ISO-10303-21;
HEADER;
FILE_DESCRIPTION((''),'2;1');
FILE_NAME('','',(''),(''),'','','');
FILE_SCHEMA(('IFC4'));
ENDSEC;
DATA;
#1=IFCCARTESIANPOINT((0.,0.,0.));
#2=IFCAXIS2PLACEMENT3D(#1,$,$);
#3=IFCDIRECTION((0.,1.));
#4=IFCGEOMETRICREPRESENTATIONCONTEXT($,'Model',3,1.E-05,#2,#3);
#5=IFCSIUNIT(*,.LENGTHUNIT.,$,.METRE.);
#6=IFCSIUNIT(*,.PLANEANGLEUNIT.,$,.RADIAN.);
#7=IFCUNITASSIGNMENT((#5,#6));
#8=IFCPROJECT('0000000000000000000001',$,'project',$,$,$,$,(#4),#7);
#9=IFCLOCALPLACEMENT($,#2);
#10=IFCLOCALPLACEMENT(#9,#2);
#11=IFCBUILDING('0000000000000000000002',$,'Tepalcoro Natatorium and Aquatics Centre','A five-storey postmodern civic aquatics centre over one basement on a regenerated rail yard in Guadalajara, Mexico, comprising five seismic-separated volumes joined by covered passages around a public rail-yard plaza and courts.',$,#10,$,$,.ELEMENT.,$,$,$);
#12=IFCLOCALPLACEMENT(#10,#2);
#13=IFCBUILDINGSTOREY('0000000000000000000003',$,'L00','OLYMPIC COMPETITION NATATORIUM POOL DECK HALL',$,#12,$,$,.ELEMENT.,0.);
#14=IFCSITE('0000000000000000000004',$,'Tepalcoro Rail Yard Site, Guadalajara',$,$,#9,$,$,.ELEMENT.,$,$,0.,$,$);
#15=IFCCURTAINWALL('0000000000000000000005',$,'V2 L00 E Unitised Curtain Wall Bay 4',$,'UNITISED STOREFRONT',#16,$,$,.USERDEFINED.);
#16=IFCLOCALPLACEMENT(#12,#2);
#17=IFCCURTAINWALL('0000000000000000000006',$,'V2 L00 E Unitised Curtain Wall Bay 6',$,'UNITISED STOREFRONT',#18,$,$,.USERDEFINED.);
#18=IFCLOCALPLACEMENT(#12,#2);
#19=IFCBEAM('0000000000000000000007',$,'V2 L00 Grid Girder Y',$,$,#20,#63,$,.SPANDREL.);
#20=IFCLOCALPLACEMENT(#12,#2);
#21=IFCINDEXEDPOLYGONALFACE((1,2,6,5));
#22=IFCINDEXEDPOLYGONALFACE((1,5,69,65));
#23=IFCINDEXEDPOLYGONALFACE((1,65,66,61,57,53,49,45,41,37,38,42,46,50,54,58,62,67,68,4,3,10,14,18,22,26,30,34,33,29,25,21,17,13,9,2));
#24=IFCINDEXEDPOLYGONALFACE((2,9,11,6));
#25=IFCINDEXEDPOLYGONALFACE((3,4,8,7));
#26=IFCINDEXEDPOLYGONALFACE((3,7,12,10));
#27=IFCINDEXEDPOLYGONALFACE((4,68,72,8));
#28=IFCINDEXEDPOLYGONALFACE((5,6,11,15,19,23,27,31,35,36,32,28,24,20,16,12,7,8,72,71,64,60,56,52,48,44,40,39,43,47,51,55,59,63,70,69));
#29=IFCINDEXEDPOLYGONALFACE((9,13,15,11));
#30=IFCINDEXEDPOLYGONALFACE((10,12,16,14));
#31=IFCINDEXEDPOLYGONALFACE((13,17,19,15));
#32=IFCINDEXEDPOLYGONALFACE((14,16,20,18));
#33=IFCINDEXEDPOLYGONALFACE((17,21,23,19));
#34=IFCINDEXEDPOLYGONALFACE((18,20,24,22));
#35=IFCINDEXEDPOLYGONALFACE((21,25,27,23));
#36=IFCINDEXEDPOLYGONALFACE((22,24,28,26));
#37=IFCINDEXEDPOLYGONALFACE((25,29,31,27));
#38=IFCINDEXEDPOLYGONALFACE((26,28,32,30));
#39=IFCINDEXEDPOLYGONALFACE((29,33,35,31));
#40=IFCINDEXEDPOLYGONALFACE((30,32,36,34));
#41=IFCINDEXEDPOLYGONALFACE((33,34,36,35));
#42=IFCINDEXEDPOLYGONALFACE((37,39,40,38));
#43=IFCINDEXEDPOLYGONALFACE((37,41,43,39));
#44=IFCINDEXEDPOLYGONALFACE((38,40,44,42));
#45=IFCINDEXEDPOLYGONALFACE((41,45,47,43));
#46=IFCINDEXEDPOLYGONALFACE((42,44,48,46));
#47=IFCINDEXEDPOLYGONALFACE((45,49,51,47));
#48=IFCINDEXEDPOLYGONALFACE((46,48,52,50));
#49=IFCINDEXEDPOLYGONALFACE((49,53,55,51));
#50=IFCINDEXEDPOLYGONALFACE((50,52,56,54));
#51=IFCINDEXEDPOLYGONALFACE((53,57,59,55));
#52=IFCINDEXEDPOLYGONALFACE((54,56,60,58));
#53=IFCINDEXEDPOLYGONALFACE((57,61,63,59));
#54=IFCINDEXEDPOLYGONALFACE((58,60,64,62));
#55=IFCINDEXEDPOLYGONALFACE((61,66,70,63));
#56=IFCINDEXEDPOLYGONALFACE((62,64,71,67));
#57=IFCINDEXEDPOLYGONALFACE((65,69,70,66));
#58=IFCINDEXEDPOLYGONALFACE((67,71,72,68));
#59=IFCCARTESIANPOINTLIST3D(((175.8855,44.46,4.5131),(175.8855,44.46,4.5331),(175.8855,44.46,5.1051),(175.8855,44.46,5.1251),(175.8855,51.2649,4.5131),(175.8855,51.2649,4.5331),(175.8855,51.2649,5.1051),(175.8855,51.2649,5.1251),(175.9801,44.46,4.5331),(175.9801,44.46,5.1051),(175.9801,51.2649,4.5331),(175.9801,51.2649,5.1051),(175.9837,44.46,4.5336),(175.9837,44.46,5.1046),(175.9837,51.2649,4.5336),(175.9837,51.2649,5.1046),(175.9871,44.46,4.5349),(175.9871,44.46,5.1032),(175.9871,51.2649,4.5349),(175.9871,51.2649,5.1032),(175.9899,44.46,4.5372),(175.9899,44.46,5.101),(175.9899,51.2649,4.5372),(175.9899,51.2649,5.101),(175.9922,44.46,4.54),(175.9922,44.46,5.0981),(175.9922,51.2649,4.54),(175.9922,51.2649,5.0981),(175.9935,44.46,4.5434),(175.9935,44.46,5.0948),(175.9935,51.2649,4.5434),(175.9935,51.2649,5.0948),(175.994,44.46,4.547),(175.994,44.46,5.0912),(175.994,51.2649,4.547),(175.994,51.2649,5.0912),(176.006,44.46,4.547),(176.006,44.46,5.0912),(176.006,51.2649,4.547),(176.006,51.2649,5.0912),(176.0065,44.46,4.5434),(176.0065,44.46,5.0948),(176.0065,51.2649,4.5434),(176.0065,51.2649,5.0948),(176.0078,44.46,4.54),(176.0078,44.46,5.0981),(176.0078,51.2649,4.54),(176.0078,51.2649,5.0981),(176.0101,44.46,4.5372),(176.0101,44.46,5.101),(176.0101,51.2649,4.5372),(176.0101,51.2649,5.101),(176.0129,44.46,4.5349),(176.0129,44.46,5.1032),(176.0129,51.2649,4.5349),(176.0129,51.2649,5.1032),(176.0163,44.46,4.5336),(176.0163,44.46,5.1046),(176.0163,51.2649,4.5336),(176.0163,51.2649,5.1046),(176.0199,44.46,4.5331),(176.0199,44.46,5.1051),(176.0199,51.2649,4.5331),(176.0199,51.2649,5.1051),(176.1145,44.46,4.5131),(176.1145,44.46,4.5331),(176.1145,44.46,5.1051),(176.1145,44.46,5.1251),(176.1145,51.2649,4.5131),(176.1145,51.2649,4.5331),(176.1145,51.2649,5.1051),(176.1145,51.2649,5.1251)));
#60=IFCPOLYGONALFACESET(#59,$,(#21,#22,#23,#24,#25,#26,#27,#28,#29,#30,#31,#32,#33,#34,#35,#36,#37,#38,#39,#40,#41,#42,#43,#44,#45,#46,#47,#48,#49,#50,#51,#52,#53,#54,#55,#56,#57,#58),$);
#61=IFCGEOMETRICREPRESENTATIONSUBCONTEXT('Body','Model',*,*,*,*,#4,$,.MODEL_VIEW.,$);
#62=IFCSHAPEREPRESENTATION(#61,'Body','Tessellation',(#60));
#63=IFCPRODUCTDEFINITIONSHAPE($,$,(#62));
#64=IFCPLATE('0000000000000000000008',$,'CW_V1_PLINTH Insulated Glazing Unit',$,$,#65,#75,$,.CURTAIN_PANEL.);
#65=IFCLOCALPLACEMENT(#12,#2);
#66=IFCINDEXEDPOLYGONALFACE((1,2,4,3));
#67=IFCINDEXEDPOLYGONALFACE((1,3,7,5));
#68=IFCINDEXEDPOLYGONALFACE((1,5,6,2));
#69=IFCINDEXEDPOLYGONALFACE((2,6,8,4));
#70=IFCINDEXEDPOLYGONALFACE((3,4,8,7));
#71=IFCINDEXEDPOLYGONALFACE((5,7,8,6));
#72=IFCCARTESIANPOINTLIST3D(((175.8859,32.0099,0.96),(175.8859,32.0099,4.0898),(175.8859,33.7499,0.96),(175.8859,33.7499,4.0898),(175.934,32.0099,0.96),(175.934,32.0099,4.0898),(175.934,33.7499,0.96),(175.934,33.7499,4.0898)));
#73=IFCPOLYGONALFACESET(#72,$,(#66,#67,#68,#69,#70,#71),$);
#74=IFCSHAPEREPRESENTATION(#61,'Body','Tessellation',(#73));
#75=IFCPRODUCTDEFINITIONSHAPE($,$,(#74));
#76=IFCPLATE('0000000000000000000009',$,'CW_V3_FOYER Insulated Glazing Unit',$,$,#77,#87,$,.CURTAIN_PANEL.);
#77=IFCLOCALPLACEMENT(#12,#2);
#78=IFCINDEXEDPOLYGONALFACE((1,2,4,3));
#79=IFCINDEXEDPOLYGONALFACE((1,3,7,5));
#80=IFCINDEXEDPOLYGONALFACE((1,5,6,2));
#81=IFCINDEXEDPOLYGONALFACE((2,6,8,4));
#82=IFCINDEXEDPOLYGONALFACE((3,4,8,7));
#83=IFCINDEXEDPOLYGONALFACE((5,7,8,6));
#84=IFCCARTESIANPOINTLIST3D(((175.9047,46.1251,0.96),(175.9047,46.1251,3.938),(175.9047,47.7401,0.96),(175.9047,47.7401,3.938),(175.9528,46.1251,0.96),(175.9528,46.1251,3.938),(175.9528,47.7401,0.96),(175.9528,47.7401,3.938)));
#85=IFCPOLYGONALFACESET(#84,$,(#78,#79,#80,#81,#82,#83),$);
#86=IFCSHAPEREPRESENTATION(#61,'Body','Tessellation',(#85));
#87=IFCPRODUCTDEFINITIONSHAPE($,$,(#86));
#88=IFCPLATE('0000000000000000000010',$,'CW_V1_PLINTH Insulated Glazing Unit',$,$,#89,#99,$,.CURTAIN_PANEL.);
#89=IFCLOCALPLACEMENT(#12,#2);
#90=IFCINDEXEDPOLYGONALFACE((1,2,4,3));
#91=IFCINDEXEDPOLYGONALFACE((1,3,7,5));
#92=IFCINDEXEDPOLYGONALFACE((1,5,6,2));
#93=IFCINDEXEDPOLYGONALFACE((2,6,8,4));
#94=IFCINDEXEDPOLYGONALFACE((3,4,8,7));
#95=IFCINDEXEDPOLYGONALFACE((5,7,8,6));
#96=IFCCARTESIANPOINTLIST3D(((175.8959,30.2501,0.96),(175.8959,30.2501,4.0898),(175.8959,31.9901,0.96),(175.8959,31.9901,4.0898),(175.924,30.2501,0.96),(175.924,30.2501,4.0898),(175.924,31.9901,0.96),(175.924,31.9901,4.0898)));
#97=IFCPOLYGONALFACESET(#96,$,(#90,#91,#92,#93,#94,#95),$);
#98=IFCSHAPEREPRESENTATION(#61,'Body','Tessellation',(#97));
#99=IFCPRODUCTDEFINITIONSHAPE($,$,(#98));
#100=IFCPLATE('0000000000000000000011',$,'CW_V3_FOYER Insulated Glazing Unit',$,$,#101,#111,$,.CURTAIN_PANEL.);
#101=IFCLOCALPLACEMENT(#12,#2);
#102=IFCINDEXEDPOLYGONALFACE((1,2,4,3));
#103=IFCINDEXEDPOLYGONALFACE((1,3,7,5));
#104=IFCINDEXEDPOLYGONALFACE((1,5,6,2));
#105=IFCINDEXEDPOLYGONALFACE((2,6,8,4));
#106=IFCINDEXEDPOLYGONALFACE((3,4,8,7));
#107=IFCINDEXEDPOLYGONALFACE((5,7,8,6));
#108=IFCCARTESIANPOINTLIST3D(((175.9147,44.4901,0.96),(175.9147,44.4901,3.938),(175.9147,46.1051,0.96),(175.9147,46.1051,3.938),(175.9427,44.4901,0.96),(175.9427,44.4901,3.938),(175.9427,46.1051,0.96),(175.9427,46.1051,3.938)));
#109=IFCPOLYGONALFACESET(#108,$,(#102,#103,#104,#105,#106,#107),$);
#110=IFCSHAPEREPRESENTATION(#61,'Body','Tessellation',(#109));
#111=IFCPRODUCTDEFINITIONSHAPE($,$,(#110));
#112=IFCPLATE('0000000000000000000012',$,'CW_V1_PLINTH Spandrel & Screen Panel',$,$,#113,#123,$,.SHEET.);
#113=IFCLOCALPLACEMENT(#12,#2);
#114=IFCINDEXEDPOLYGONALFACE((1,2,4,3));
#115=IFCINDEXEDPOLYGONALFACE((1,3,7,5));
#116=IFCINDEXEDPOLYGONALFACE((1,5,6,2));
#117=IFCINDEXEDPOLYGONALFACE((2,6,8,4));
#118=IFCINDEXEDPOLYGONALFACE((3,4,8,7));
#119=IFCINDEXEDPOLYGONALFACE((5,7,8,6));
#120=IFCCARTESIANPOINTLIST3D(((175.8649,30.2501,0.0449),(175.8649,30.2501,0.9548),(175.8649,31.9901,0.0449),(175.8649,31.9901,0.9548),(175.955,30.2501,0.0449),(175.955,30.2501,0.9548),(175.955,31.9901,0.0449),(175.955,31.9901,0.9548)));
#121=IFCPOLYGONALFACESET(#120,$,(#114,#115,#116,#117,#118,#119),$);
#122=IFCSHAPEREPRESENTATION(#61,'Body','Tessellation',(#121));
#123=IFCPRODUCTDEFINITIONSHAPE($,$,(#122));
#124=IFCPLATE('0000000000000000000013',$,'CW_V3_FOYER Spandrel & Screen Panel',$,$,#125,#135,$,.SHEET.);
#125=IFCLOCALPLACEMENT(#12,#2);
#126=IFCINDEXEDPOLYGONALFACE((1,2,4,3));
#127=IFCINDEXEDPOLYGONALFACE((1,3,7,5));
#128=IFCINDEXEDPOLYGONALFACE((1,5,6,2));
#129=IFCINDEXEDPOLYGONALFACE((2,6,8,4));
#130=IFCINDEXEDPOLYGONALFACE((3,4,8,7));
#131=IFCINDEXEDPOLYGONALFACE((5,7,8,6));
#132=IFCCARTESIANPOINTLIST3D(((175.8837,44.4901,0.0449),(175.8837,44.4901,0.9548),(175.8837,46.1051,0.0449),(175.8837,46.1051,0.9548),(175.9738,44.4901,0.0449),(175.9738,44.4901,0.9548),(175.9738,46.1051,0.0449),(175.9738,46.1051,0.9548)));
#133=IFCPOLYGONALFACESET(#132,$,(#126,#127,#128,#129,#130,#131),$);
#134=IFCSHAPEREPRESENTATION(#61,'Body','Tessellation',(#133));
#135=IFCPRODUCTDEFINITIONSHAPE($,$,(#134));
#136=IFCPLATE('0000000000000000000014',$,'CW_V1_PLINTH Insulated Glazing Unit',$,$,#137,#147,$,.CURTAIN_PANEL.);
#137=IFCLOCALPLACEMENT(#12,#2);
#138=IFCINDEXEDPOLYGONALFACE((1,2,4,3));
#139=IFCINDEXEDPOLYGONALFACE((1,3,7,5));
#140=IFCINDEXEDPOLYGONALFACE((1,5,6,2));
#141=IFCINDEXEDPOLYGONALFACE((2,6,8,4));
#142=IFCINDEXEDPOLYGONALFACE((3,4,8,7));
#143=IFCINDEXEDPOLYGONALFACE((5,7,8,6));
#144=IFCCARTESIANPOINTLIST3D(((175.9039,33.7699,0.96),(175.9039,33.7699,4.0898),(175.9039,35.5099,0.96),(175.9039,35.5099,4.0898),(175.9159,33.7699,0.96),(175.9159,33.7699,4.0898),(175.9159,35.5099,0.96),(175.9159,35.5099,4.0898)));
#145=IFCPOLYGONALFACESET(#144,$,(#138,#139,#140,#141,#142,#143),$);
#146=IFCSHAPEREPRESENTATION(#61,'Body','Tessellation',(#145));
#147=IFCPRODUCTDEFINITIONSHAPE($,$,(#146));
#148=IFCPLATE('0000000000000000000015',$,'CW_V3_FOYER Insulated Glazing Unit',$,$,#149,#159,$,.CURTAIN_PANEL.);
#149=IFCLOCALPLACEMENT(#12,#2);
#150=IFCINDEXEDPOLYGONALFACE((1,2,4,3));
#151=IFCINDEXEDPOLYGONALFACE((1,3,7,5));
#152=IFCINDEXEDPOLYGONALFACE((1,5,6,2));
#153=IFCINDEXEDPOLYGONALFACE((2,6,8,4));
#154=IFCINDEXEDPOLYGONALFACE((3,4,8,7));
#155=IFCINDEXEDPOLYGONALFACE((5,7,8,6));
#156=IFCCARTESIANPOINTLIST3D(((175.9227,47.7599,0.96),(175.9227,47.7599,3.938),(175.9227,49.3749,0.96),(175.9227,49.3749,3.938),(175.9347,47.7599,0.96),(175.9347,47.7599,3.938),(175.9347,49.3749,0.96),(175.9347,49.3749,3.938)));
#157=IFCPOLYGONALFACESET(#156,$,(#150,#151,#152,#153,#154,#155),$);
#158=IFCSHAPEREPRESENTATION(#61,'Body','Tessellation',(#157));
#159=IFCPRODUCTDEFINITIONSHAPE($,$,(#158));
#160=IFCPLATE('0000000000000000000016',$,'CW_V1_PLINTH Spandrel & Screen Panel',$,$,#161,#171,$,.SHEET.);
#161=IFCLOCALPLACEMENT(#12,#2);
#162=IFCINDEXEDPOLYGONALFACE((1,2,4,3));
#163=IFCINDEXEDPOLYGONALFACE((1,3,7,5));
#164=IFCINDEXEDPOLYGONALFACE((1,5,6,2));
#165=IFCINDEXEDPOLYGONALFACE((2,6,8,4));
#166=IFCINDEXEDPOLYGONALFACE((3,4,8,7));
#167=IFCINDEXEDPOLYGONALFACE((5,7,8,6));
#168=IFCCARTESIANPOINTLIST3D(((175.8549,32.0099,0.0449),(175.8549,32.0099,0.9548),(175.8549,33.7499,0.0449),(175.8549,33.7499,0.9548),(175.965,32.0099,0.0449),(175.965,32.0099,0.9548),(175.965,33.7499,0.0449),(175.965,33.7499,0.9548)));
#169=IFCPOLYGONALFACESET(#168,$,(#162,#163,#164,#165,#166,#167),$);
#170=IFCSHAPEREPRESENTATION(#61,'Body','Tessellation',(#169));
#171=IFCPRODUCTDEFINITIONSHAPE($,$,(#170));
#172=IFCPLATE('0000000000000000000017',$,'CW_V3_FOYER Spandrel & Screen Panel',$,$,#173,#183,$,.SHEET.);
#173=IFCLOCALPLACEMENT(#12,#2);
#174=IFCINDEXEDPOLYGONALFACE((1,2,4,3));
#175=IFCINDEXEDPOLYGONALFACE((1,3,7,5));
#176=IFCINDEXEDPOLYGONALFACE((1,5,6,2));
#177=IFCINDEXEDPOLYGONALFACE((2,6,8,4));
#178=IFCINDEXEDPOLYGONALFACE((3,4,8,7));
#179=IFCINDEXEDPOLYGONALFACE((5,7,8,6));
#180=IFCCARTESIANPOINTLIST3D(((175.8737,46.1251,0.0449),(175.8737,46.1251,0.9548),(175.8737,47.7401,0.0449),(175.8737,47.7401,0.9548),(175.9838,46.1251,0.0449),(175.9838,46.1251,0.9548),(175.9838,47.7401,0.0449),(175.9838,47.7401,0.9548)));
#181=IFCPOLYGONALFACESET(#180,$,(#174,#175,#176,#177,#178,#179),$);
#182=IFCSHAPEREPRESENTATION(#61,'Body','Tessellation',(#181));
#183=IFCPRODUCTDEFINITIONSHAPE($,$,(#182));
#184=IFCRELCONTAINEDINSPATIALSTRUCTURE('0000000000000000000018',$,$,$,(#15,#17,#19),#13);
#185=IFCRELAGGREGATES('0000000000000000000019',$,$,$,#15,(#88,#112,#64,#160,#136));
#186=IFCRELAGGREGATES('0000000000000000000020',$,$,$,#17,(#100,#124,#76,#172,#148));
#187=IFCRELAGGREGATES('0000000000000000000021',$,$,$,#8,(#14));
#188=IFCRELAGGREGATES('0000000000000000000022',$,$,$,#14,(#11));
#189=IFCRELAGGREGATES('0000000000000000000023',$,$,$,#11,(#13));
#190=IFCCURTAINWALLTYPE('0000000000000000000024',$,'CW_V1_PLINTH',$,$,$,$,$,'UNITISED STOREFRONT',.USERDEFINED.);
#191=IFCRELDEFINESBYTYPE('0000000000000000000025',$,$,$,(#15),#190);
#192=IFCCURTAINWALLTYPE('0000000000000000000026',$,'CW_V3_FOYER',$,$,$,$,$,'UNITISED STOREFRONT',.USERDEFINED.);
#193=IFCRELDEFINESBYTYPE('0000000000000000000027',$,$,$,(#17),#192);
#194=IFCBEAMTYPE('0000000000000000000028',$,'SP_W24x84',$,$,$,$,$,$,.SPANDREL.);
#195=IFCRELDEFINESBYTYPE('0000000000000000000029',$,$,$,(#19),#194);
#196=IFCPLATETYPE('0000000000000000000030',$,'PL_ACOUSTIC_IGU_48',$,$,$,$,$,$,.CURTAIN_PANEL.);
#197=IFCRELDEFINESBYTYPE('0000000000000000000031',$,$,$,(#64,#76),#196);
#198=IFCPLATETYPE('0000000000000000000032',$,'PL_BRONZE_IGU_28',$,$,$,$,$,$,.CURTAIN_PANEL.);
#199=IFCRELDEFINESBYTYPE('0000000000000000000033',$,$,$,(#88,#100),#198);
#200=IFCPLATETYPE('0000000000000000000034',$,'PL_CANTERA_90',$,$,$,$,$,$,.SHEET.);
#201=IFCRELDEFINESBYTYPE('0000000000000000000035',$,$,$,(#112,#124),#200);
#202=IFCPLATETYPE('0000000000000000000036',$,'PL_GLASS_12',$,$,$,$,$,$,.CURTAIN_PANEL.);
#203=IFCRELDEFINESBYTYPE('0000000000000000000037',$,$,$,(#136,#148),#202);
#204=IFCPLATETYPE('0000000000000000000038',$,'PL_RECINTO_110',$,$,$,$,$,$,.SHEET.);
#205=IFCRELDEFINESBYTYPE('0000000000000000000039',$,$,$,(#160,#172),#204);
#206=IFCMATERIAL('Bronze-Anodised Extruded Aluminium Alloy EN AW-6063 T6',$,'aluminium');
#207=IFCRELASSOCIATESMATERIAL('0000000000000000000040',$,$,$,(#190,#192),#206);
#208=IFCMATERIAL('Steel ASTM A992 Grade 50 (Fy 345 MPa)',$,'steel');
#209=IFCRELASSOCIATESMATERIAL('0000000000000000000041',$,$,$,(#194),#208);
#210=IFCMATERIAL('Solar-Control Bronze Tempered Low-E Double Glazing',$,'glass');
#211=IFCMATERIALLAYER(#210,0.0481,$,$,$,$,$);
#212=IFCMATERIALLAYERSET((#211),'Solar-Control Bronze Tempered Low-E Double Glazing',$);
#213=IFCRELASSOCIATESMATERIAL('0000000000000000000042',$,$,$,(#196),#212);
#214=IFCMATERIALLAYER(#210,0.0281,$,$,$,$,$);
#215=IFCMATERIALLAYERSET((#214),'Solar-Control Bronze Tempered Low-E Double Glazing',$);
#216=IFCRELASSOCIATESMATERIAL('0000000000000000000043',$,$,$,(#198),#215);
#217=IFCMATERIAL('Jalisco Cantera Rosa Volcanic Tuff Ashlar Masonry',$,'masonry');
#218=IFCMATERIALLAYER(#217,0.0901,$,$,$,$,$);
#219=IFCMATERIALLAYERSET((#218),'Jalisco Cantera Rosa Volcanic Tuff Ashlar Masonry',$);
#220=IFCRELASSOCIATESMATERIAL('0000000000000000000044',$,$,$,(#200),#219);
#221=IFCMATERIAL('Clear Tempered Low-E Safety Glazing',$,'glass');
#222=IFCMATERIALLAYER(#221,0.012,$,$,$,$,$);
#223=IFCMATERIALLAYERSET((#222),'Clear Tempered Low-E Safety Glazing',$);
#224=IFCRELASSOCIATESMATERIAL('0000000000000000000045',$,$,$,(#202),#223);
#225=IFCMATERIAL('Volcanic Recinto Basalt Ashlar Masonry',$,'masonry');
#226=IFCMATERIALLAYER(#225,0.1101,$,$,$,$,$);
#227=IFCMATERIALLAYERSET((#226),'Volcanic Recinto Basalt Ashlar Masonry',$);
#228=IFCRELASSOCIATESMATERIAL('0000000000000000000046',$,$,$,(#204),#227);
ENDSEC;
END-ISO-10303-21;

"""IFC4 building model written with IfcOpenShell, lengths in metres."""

from ifc_helpers import new_model, si_unit, direction, frame, origin, origin_2d, place, context, subcontext, project, spatial, rectangle, i_section, extrude, material, layer, layer_set, material_profile, profile_set, type_object, element, aggregate, save


model = new_model("IFC4")

# Units and contexts
model_context = context("Model", 3, precision=1e-05, world=origin(), true_north=direction((0.0, 1.0)))
body_context = subcontext(model_context, "Body", "Model", "MODEL_VIEW")
ifc_project = project(units=[si_unit("LENGTHUNIT", "METRE"), si_unit("PLANEANGLEUNIT", "RADIAN")], contexts=[model_context])

# Site, building, storey
site_placement = place(None, origin())
site = spatial("IfcSite", under=ifc_project, at=site_placement, Name="Tepalcoro Rail Yard Site, Guadalajara", CompositionType="ELEMENT", RefElevation=0.0)
building_placement = place(site_placement, origin())
building = spatial("IfcBuilding", under=site, at=building_placement, Name="Tepalcoro Natatorium and Aquatics Centre", Description="A five-storey postmodern civic aquatics centre over one basement on a regenerated rail yard in Guadalajara, Mexico, comprising five seismic-separated volumes joined by covered passages around a public rail-yard plaza and courts.", CompositionType="ELEMENT")
storey_placement = place(building_placement, origin())
storey = spatial("IfcBuildingStorey", under=building, at=storey_placement, Name="L00", Description="OLYMPIC COMPETITION NATATORIUM POOL DECK HALL", CompositionType="ELEMENT", Elevation=0.0)

# Curtain walls
ifc_material_1 = material(Name="Bronze-Anodised Extruded Aluminium Alloy EN AW-6063 T6", Category="aluminium")
curtain_wall_type_1 = type_object("IfcCurtainWallType", Name="CW_V1_PLINTH", ElementType="UNITISED STOREFRONT", PredefinedType="USERDEFINED", material=ifc_material_1)
curtain_wall_1_placement = place(storey_placement, origin())
curtain_wall_1 = element("IfcCurtainWall", 1, at=curtain_wall_1_placement, inside=storey, type_object=curtain_wall_type_1, Name="V2 L00 E Unitised Curtain Wall Bay 4", ObjectType="UNITISED STOREFRONT", PredefinedType="USERDEFINED")
curtain_wall_type_2 = type_object("IfcCurtainWallType", Name="CW_V3_FOYER", ElementType="UNITISED STOREFRONT", PredefinedType="USERDEFINED", material=ifc_material_1)
curtain_wall_2_placement = place(storey_placement, origin())
curtain_wall_2 = element("IfcCurtainWall", 2, at=curtain_wall_2_placement, inside=storey, type_object=curtain_wall_type_2, Name="V2 L00 E Unitised Curtain Wall Bay 6", ObjectType="UNITISED STOREFRONT", PredefinedType="USERDEFINED")

# Beam
ifc_material_2 = material(Name="Steel ASTM A992 Grade 50 (Fy 345 MPa)", Category="steel")
ifc_material_profile_1 = material_profile(ifc_material_2, i_section(OverallWidth=0.229, OverallDepth=0.6121, WebThickness=0.012, FlangeThickness=0.02, FilletRadius=0.0139, at=origin_2d()), Name="W24X84")
ifc_profile_set_1 = profile_set([ifc_material_profile_1], Name="Steel ASTM A992 Grade 50 (Fy 345 MPa)")
beam_type_1 = type_object("IfcBeamType", Name="SP_W24x84", PredefinedType="SPANDREL", material=ifc_profile_set_1)
beam_1_placement = place(storey_placement, frame((176.0, 44.46, 4.8191), z_axis=(0.0, 1.0, 0.0), x_axis=(-1.0, 0.0, 0.0)))
element("IfcBeam", 3, at=beam_1_placement, inside=storey, type_object=beam_type_1, Name="V2 L00 Grid Girder Y", PredefinedType="SPANDREL", context=body_context, shape_type="SweptSolid", body=[
    extrude(i_section(OverallWidth=0.229, OverallDepth=0.6121, WebThickness=0.012, FlangeThickness=0.02, FilletRadius=0.0139, at=origin_2d()), origin(), (0.0, 0.0, 1.0), 6.8049),
])

# Plates
ifc_material_3 = material(Name="Solar-Control Bronze Tempered Low-E Double Glazing", Category="glass")
ifc_layer_1 = layer(ifc_material_3, 0.0481)
ifc_layer_set_1 = layer_set([ifc_layer_1], Name="Solar-Control Bronze Tempered Low-E Double Glazing")
plate_type_1 = type_object("IfcPlateType", Name="PL_ACOUSTIC_IGU_48", PredefinedType="CURTAIN_PANEL", material=ifc_layer_set_1)
plate_1_placement = place(storey_placement, frame((175.9099, 32.8799, 0.96), z_axis=(0.0, 0.0, 1.0), x_axis=(1.0, 0.0, 0.0)))
plate_1 = element("IfcPlate", 4, at=plate_1_placement, type_object=plate_type_1, Name="CW_V1_PLINTH Insulated Glazing Unit", PredefinedType="CURTAIN_PANEL", context=body_context, shape_type="SweptSolid", body=[
    extrude(rectangle(XDim=0.0481, YDim=1.74, at=origin_2d()), origin(), (0.0, 0.0, 1.0), 3.1299),
])
plate_2_placement = place(storey_placement, frame((175.9287, 46.9326, 0.96), z_axis=(0.0, 0.0, 1.0), x_axis=(1.0, 0.0, 0.0)))
plate_2 = element("IfcPlate", 5, at=plate_2_placement, type_object=plate_type_1, Name="CW_V3_FOYER Insulated Glazing Unit", PredefinedType="CURTAIN_PANEL", context=body_context, shape_type="SweptSolid", body=[
    extrude(rectangle(XDim=0.0481, YDim=1.615, at=origin_2d()), origin(), (0.0, 0.0, 1.0), 2.978),
])
ifc_layer_2 = layer(ifc_material_3, 0.0281)
ifc_layer_set_2 = layer_set([ifc_layer_2], Name="Solar-Control Bronze Tempered Low-E Double Glazing")
plate_type_2 = type_object("IfcPlateType", Name="PL_BRONZE_IGU_28", PredefinedType="CURTAIN_PANEL", material=ifc_layer_set_2)
plate_3_placement = place(storey_placement, frame((175.9099, 31.1201, 0.96), z_axis=(0.0, 0.0, 1.0), x_axis=(1.0, 0.0, 0.0)))
plate_3 = element("IfcPlate", 6, at=plate_3_placement, type_object=plate_type_2, Name="CW_V1_PLINTH Insulated Glazing Unit", PredefinedType="CURTAIN_PANEL", context=body_context, shape_type="SweptSolid", body=[
    extrude(rectangle(XDim=0.0281, YDim=1.74, at=origin_2d()), origin(), (0.0, 0.0, 1.0), 3.1299),
])
plate_4_placement = place(storey_placement, frame((175.9287, 45.2976, 0.96), z_axis=(0.0, 0.0, 1.0), x_axis=(1.0, 0.0, 0.0)))
plate_4 = element("IfcPlate", 7, at=plate_4_placement, type_object=plate_type_2, Name="CW_V3_FOYER Insulated Glazing Unit", PredefinedType="CURTAIN_PANEL", context=body_context, shape_type="SweptSolid", body=[
    extrude(rectangle(XDim=0.0281, YDim=1.615, at=origin_2d()), origin(), (0.0, 0.0, 1.0), 2.978),
])
ifc_material_4 = material(Name="Jalisco Cantera Rosa Volcanic Tuff Ashlar Masonry", Category="masonry")
ifc_layer_3 = layer(ifc_material_4, 0.0901)
ifc_layer_set_3 = layer_set([ifc_layer_3], Name="Jalisco Cantera Rosa Volcanic Tuff Ashlar Masonry")
plate_type_3 = type_object("IfcPlateType", Name="PL_CANTERA_90", PredefinedType="SHEET", material=ifc_layer_set_3)
plate_5_placement = place(storey_placement, frame((175.9099, 31.1201, 0.0449), z_axis=(0.0, 0.0, 1.0), x_axis=(1.0, 0.0, 0.0)))
plate_5 = element("IfcPlate", 8, at=plate_5_placement, type_object=plate_type_3, Name="CW_V1_PLINTH Spandrel & Screen Panel", PredefinedType="SHEET", context=body_context, shape_type="SweptSolid", body=[
    extrude(rectangle(XDim=0.0901, YDim=1.74, at=origin_2d()), origin(), (0.0, 0.0, 1.0), 0.9099),
])
plate_6_placement = place(storey_placement, frame((175.9287, 45.2976, 0.0449), z_axis=(0.0, 0.0, 1.0), x_axis=(1.0, 0.0, 0.0)))
plate_6 = element("IfcPlate", 9, at=plate_6_placement, type_object=plate_type_3, Name="CW_V3_FOYER Spandrel & Screen Panel", PredefinedType="SHEET", context=body_context, shape_type="SweptSolid", body=[
    extrude(rectangle(XDim=0.0901, YDim=1.615, at=origin_2d()), origin(), (0.0, 0.0, 1.0), 0.9099),
])
ifc_material_5 = material(Name="Clear Tempered Low-E Safety Glazing", Category="glass")
ifc_layer_4 = layer(ifc_material_5, 0.012)
ifc_layer_set_4 = layer_set([ifc_layer_4], Name="Clear Tempered Low-E Safety Glazing")
plate_type_4 = type_object("IfcPlateType", Name="PL_GLASS_12", PredefinedType="CURTAIN_PANEL", material=ifc_layer_set_4)
plate_7_placement = place(storey_placement, frame((175.9099, 34.6399, 0.96), z_axis=(0.0, 0.0, 1.0), x_axis=(1.0, 0.0, 0.0)))
plate_7 = element("IfcPlate", 10, at=plate_7_placement, type_object=plate_type_4, Name="CW_V1_PLINTH Insulated Glazing Unit", PredefinedType="CURTAIN_PANEL", context=body_context, shape_type="SweptSolid", body=[
    extrude(rectangle(XDim=0.012, YDim=1.74, at=origin_2d()), origin(), (0.0, 0.0, 1.0), 3.1299),
])
plate_8_placement = place(storey_placement, frame((175.9287, 48.5674, 0.96), z_axis=(0.0, 0.0, 1.0), x_axis=(1.0, 0.0, 0.0)))
plate_8 = element("IfcPlate", 11, at=plate_8_placement, type_object=plate_type_4, Name="CW_V3_FOYER Insulated Glazing Unit", PredefinedType="CURTAIN_PANEL", context=body_context, shape_type="SweptSolid", body=[
    extrude(rectangle(XDim=0.012, YDim=1.615, at=origin_2d()), origin(), (0.0, 0.0, 1.0), 2.978),
])
ifc_material_6 = material(Name="Volcanic Recinto Basalt Ashlar Masonry", Category="masonry")
ifc_layer_5 = layer(ifc_material_6, 0.1101)
ifc_layer_set_5 = layer_set([ifc_layer_5], Name="Volcanic Recinto Basalt Ashlar Masonry")
plate_type_5 = type_object("IfcPlateType", Name="PL_RECINTO_110", PredefinedType="SHEET", material=ifc_layer_set_5)
plate_9_placement = place(storey_placement, frame((175.9099, 32.8799, 0.0449), z_axis=(0.0, 0.0, 1.0), x_axis=(1.0, 0.0, 0.0)))
plate_9 = element("IfcPlate", 12, at=plate_9_placement, type_object=plate_type_5, Name="CW_V1_PLINTH Spandrel & Screen Panel", PredefinedType="SHEET", context=body_context, shape_type="SweptSolid", body=[
    extrude(rectangle(XDim=0.1101, YDim=1.74, at=origin_2d()), origin(), (0.0, 0.0, 1.0), 0.9099),
])
plate_10_placement = place(storey_placement, frame((175.9287, 46.9326, 0.0449), z_axis=(0.0, 0.0, 1.0), x_axis=(1.0, 0.0, 0.0)))
plate_10 = element("IfcPlate", 13, at=plate_10_placement, type_object=plate_type_5, Name="CW_V3_FOYER Spandrel & Screen Panel", PredefinedType="SHEET", context=body_context, shape_type="SweptSolid", body=[
    extrude(rectangle(XDim=0.1101, YDim=1.615, at=origin_2d()), origin(), (0.0, 0.0, 1.0), 0.9099),
])
aggregate(curtain_wall_1, [plate_3, plate_5, plate_1, plate_9, plate_7])
aggregate(curtain_wall_2, [plate_4, plate_6, plate_2, plate_10, plate_8])

save(model, "model.ifc")
